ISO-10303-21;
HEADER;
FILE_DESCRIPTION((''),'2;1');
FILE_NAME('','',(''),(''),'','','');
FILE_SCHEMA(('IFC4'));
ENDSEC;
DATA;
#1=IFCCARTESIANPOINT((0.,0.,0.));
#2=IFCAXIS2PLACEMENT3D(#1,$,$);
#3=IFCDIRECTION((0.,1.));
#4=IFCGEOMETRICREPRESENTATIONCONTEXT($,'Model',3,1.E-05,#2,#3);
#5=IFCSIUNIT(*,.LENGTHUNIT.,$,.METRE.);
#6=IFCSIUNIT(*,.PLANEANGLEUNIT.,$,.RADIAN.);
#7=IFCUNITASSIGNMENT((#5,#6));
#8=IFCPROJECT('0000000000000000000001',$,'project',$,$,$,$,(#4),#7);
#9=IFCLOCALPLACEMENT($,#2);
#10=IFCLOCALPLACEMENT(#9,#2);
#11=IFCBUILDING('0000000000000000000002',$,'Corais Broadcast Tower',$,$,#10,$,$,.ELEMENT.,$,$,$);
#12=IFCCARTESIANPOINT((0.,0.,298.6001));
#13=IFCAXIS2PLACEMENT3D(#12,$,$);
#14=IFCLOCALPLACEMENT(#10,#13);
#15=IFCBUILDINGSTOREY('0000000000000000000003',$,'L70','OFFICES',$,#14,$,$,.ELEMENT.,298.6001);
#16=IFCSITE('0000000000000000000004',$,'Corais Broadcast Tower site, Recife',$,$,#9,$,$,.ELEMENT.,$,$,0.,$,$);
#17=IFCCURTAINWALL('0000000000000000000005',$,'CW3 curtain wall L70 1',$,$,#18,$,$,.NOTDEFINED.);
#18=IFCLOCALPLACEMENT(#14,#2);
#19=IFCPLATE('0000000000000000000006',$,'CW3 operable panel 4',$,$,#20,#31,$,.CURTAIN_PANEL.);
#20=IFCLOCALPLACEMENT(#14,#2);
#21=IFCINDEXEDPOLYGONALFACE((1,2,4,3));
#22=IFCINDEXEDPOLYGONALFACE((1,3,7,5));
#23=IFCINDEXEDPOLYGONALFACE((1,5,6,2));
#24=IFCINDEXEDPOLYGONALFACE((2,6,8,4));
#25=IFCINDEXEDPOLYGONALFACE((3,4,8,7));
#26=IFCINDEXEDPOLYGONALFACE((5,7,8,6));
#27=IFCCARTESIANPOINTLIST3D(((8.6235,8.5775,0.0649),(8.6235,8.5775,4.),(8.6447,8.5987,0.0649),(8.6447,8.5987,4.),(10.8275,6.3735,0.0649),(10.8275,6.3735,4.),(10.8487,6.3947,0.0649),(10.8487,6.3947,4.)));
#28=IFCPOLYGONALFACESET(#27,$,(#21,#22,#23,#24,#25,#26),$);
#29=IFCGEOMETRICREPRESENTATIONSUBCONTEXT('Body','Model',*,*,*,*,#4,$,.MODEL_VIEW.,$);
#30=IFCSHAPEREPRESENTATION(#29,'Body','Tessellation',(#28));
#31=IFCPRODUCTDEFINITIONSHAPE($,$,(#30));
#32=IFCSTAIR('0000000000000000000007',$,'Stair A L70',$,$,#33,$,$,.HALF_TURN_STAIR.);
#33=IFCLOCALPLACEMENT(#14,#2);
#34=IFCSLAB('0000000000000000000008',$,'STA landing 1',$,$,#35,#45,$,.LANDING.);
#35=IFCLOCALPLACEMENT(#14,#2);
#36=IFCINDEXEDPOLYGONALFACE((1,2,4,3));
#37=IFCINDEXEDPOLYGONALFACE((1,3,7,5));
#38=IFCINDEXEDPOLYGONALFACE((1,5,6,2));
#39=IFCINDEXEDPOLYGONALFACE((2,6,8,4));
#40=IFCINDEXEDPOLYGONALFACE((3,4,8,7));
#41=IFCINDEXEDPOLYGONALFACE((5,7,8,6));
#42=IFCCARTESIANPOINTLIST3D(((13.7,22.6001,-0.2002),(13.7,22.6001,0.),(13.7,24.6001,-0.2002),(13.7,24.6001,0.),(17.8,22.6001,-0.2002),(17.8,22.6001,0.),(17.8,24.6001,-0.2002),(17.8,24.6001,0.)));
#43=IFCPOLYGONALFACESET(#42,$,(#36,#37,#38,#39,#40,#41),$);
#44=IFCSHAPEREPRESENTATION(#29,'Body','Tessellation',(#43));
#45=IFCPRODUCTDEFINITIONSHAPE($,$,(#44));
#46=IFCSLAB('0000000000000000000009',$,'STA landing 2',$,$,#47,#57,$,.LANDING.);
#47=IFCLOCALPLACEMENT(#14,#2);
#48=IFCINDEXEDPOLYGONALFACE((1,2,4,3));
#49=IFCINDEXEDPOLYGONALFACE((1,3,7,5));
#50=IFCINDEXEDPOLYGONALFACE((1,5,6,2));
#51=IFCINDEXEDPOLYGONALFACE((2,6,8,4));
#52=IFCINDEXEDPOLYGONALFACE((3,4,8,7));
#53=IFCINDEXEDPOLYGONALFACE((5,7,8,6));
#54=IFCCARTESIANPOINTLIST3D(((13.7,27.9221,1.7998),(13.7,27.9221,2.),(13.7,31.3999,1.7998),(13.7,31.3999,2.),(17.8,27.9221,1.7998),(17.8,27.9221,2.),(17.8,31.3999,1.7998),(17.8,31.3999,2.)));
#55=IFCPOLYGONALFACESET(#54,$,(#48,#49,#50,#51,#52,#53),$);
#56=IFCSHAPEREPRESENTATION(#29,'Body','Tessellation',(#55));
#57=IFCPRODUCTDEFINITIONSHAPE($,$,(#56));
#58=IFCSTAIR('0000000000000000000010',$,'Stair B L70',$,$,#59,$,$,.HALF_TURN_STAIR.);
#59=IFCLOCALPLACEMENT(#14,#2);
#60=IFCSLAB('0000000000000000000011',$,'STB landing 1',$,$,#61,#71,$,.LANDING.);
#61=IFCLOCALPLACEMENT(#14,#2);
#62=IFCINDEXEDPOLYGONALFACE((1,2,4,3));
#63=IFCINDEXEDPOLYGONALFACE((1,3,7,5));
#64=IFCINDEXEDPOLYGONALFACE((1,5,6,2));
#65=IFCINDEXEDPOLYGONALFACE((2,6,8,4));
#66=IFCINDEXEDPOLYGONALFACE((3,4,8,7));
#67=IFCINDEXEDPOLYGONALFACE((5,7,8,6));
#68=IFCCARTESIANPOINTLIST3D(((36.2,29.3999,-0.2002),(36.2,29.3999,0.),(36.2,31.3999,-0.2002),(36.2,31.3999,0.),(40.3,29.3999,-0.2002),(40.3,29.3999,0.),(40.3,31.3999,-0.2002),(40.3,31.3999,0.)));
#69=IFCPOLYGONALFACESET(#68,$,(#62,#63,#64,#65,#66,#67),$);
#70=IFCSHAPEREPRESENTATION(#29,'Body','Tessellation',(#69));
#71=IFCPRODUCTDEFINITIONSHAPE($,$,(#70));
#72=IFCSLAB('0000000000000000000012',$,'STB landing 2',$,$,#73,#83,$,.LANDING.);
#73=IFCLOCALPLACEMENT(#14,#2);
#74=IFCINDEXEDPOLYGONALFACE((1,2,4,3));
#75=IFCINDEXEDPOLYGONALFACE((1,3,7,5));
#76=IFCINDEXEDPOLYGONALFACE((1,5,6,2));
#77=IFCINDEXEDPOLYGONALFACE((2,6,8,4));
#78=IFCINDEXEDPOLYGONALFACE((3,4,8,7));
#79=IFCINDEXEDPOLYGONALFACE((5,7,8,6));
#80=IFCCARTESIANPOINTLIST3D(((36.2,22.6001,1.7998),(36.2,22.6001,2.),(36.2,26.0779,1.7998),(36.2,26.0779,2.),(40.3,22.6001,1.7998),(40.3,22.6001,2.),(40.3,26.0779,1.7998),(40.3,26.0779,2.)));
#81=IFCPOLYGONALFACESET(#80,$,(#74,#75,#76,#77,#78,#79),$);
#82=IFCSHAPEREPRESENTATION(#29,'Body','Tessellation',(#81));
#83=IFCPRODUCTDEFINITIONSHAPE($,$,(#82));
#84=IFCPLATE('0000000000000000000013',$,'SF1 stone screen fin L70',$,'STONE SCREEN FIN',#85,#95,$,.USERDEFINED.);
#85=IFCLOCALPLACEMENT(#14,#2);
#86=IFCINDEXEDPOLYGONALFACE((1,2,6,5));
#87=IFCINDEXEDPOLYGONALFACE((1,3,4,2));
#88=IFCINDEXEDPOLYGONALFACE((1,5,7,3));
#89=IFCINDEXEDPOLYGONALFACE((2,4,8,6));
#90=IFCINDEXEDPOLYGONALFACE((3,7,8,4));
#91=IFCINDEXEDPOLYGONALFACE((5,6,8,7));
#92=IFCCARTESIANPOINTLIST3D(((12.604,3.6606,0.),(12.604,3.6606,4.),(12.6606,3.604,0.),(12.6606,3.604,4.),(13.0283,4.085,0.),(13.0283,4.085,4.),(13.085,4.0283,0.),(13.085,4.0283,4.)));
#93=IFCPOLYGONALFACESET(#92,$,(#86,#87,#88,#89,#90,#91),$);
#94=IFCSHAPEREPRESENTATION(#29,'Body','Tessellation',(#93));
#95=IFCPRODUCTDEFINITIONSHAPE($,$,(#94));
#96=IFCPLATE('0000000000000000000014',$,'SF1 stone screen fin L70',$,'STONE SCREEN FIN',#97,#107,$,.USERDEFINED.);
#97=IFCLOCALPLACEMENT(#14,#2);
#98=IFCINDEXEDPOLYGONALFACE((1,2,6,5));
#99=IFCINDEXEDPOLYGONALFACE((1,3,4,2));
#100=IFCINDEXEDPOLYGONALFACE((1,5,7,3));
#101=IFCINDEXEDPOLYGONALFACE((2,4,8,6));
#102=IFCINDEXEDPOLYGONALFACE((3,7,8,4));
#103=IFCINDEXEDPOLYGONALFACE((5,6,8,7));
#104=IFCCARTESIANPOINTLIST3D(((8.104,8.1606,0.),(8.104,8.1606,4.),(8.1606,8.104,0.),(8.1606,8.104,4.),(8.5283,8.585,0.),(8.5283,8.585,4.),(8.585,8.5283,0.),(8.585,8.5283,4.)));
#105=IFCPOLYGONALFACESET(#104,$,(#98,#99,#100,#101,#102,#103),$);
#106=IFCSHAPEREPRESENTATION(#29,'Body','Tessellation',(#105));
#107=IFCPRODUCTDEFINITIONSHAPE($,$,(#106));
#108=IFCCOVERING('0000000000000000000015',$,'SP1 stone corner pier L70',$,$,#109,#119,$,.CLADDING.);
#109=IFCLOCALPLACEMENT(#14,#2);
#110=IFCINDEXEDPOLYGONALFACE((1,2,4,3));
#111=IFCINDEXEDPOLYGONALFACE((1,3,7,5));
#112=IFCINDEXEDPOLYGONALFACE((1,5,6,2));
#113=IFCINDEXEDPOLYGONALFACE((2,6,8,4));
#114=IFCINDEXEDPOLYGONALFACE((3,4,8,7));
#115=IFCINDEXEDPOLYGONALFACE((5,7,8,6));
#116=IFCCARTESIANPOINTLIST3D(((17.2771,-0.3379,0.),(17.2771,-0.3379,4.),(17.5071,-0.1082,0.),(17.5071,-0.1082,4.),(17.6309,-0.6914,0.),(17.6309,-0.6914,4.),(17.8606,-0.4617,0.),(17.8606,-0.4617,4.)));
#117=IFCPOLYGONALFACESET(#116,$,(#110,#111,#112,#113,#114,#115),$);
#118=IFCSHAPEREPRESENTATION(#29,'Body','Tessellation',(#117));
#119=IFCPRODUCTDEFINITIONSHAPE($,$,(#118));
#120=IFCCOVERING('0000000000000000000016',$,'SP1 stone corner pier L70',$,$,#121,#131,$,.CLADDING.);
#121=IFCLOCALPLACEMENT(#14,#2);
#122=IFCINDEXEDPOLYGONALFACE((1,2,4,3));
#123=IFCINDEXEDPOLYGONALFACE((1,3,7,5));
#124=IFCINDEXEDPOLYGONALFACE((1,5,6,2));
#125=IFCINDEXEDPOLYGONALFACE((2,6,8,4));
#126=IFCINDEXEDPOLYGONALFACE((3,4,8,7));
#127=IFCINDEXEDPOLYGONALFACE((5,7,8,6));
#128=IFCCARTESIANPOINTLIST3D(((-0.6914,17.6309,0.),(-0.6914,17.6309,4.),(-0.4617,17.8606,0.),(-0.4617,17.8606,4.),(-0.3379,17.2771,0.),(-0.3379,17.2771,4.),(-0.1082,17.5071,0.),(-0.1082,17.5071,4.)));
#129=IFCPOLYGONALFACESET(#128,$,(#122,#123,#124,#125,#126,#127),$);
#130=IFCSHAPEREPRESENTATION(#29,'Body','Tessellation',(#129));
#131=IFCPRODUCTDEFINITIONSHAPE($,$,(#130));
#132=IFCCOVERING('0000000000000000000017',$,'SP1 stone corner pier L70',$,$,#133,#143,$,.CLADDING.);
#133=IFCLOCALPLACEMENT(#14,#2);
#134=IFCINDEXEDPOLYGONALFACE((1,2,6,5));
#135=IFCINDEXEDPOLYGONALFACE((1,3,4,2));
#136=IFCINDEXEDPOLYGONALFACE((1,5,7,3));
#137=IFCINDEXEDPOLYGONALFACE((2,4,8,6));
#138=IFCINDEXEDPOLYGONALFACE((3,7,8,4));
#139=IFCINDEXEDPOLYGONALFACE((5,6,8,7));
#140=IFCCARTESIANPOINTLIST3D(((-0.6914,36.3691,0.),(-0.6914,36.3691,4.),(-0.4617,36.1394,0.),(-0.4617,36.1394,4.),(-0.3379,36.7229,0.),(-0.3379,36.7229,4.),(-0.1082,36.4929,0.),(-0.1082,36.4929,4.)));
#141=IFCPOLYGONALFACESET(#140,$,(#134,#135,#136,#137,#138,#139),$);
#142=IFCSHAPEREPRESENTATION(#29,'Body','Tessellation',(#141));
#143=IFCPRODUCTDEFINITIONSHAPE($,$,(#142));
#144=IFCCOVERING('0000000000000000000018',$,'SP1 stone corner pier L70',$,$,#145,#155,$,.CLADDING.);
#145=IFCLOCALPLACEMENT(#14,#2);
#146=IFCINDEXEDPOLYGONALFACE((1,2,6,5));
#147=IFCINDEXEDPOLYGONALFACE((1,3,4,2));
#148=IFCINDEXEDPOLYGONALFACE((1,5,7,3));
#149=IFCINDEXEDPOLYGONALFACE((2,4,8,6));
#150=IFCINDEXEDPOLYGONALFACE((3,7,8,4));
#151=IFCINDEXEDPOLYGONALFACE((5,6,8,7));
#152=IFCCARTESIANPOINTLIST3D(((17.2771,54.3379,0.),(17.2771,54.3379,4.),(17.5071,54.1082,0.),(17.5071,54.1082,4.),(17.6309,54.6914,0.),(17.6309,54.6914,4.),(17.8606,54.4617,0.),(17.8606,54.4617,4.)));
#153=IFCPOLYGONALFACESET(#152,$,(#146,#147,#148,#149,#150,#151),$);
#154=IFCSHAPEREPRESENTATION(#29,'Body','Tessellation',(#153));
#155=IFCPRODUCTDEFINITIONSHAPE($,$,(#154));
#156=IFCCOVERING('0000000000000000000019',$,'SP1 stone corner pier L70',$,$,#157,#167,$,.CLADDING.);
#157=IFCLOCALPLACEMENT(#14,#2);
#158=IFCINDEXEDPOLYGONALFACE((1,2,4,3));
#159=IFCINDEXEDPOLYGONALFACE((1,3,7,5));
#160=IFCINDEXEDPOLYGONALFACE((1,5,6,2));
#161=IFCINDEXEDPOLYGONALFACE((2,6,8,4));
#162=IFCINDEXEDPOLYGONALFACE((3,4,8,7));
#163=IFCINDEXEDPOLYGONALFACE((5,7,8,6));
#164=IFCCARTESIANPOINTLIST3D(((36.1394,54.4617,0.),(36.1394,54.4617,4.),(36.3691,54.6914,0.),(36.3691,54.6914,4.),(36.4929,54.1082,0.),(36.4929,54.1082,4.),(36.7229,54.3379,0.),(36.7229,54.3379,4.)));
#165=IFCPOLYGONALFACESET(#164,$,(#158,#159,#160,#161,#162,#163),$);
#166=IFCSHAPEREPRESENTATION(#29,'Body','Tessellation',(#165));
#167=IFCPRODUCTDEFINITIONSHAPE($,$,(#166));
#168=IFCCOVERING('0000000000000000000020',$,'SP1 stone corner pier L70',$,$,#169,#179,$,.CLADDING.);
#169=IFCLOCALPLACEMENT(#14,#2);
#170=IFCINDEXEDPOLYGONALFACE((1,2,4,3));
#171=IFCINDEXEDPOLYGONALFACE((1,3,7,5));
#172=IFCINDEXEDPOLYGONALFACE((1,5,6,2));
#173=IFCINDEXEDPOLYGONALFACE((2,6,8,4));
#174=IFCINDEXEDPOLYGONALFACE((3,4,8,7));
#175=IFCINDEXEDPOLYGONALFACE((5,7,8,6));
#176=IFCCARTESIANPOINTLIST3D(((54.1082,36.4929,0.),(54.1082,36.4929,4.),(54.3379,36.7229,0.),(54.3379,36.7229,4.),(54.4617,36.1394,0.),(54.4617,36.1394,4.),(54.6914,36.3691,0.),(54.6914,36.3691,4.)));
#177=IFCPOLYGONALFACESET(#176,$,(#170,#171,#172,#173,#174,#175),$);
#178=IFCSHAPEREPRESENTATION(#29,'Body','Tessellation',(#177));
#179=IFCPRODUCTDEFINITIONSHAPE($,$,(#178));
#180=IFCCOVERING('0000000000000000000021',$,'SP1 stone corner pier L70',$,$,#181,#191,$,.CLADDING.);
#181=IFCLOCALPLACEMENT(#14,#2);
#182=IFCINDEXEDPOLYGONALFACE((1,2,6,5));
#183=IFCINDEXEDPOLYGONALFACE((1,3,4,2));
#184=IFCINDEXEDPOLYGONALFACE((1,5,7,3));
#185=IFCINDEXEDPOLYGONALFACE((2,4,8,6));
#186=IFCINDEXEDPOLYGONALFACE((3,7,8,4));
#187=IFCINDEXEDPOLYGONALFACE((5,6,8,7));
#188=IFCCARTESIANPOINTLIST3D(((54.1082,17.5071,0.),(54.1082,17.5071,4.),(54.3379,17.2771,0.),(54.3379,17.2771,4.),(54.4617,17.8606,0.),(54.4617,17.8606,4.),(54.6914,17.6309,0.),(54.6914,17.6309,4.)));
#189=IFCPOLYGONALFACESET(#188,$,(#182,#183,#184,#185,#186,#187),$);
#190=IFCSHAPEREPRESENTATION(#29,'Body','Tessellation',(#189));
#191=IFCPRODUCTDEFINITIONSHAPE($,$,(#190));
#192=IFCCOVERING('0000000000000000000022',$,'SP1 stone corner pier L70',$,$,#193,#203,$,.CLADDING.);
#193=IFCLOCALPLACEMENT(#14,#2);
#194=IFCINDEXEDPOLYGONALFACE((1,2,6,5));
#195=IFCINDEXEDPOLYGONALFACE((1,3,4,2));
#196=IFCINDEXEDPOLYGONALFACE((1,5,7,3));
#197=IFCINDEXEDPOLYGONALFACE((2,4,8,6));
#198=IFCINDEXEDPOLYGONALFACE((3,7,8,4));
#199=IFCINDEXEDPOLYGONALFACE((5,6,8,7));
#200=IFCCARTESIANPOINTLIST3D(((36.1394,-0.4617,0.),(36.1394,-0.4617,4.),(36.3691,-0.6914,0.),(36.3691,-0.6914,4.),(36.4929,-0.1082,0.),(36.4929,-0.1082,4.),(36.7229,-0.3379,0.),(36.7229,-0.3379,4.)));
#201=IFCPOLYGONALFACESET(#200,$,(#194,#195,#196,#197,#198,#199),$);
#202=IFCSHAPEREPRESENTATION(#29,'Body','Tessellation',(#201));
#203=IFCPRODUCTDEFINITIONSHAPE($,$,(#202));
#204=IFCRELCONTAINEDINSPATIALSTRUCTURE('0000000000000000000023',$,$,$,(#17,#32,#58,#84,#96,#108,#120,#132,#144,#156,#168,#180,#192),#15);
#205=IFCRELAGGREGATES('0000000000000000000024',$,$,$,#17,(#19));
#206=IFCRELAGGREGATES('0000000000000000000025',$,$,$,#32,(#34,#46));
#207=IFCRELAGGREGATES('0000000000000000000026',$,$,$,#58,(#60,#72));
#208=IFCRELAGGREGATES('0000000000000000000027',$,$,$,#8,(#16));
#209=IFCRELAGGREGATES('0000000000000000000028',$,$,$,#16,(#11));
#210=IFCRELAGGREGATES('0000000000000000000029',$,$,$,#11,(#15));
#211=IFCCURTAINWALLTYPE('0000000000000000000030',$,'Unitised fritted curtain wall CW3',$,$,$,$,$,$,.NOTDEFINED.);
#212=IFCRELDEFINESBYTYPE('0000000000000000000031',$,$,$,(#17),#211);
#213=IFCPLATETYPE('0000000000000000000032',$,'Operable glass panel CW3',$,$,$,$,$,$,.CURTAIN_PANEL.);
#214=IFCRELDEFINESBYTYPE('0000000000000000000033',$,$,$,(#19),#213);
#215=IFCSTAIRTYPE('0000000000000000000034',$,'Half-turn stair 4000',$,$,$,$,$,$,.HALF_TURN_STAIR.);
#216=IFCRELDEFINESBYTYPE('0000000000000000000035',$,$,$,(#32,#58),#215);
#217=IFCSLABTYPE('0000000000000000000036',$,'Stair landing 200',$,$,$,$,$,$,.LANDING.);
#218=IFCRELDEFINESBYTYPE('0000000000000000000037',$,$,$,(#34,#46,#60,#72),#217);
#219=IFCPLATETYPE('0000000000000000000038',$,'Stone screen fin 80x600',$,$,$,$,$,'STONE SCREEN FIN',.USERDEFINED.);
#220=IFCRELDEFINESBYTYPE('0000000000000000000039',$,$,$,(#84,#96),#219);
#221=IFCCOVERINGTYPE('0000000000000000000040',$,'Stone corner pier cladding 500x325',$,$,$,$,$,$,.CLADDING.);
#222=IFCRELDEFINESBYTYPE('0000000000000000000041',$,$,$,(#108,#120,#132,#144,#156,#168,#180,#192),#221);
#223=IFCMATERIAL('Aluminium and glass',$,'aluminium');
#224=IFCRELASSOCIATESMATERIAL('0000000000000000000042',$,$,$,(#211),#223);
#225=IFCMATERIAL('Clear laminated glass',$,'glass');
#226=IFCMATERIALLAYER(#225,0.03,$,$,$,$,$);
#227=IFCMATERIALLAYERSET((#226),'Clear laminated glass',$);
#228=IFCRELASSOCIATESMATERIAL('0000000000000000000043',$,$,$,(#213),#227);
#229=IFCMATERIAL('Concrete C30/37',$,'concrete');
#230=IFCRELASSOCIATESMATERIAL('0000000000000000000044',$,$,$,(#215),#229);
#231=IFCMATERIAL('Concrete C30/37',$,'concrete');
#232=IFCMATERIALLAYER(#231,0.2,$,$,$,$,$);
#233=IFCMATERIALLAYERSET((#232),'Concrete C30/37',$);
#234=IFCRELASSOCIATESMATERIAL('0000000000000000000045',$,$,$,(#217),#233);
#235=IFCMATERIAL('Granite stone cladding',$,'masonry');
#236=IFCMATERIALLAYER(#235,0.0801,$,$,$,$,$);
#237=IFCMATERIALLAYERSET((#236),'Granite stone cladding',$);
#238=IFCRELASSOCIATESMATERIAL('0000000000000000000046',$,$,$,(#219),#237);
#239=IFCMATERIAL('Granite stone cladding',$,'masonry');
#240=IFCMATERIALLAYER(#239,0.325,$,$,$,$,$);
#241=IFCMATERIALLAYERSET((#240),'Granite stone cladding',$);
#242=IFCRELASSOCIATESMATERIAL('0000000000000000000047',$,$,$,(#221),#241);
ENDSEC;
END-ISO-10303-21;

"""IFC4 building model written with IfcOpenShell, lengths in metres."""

from ifc_helpers import new_model, si_unit, direction, frame, origin, origin_2d, place, context, subcontext, project, spatial, polyline, rectangle, outline, extrude, material, layer, layer_set, type_object, element, aggregate, save


model = new_model("IFC4")

# Units and contexts
model_context = context("Model", 3, precision=1e-05, world=origin(), true_north=direction((0.0, 1.0)))
body_context = subcontext(model_context, "Body", "Model", "MODEL_VIEW")
ifc_project = project(units=[si_unit("LENGTHUNIT", "METRE"), si_unit("PLANEANGLEUNIT", "RADIAN")], contexts=[model_context])

# Site, building, storey
site_placement = place(None, origin())
site = spatial("IfcSite", under=ifc_project, at=site_placement, Name="Corais Broadcast Tower site, Recife", CompositionType="ELEMENT", RefElevation=0.0)
building_placement = place(site_placement, origin())
building = spatial("IfcBuilding", under=site, at=building_placement, Name="Corais Broadcast Tower", CompositionType="ELEMENT")
storey_placement = place(building_placement, frame((0.0, 0.0, 298.6001)))
storey = spatial("IfcBuildingStorey", under=building, at=storey_placement, Name="L70", Description="OFFICES", CompositionType="ELEMENT", Elevation=298.6001)

# Curtain wall
ifc_material_1 = material(Name="Aluminium and glass", Category="aluminium")
curtain_wall_type = type_object("IfcCurtainWallType", Name="Unitised fritted curtain wall CW3", PredefinedType="NOTDEFINED", material=ifc_material_1)
curtain_wall_placement = place(storey_placement, origin())
curtain_wall = element("IfcCurtainWall", 1, at=curtain_wall_placement, inside=storey, type_object=curtain_wall_type, Name="CW3 curtain wall L70 1", PredefinedType="NOTDEFINED")

# Plate
ifc_material_2 = material(Name="Clear laminated glass", Category="glass")
ifc_layer_1 = layer(ifc_material_2, 0.03)
ifc_layer_set_1 = layer_set([ifc_layer_1], Name="Clear laminated glass")
plate_type_1 = type_object("IfcPlateType", Name="Operable glass panel CW3", PredefinedType="CURTAIN_PANEL", material=ifc_layer_set_1)
plate_1_placement = place(storey_placement, frame((9.7361, 7.4861, 0.0649), z_axis=(0.0, 0.0, 1.0), x_axis=(-0.707107, 0.707107, 0.0)))
plate_1 = element("IfcPlate", 2, at=plate_1_placement, type_object=plate_type_1, Name="CW3 operable panel 4", PredefinedType="CURTAIN_PANEL", context=body_context, shape_type="SweptSolid", body=[
    extrude(rectangle(XDim=3.1169, YDim=0.03, at=origin_2d()), origin(), (0.0, 0.0, 1.0), 3.9351),
])
aggregate(curtain_wall, [plate_1])

# Stairs, slabs
ifc_material_3 = material(Name="Concrete C30/37", Category="concrete")
stair_type = type_object("IfcStairType", Name="Half-turn stair 4000", PredefinedType="HALF_TURN_STAIR", material=ifc_material_3)
stair_1_placement = place(storey_placement, origin())
stair_1 = element("IfcStair", 3, at=stair_1_placement, inside=storey, type_object=stair_type, Name="Stair A L70", PredefinedType="HALF_TURN_STAIR")
ifc_material_4 = material(Name="Concrete C30/37", Category="concrete")
ifc_layer_2 = layer(ifc_material_4, 0.2)
ifc_layer_set_2 = layer_set([ifc_layer_2], Name="Concrete C30/37")
slab_type_1 = type_object("IfcSlabType", Name="Stair landing 200", PredefinedType="LANDING", material=ifc_layer_set_2)
slab_1_placement = place(storey_placement, frame((0.0, 0.0, -0.2002)))
slab_1 = element("IfcSlab", 4, at=slab_1_placement, type_object=slab_type_1, Name="STA landing 1", PredefinedType="LANDING", context=body_context, shape_type="SweptSolid", body=[
    extrude(outline(polyline([(13.7, 22.6001), (17.8, 22.6001), (17.8, 24.6001), (13.7, 24.6001), (13.7, 22.6001)])), origin(), (0.0, 0.0, 1.0), 0.2002),
])
slab_2_placement = place(storey_placement, frame((0.0, 0.0, 1.7998)))
slab_2 = element("IfcSlab", 5, at=slab_2_placement, type_object=slab_type_1, Name="STA landing 2", PredefinedType="LANDING", context=body_context, shape_type="SweptSolid", body=[
    extrude(outline(polyline([(13.7, 27.9221), (17.8, 27.9221), (17.8, 31.3999), (13.7, 31.3999), (13.7, 27.9221)])), origin(), (0.0, 0.0, 1.0), 0.2002),
])
aggregate(stair_1, [slab_1, slab_2])
stair_2_placement = place(storey_placement, origin())
stair_2 = element("IfcStair", 6, at=stair_2_placement, inside=storey, type_object=stair_type, Name="Stair B L70", PredefinedType="HALF_TURN_STAIR")
slab_3_placement = place(storey_placement, frame((0.0, 0.0, -0.2002)))
slab_3 = element("IfcSlab", 7, at=slab_3_placement, type_object=slab_type_1, Name="STB landing 1", PredefinedType="LANDING", context=body_context, shape_type="SweptSolid", body=[
    extrude(outline(polyline([(36.2, 29.3999), (40.3, 29.3999), (40.3, 31.3999), (36.2, 31.3999), (36.2, 29.3999)])), origin(), (0.0, 0.0, 1.0), 0.2002),
])
slab_4_placement = place(storey_placement, frame((0.0, 0.0, 1.7998)))
slab_4 = element("IfcSlab", 8, at=slab_4_placement, type_object=slab_type_1, Name="STB landing 2", PredefinedType="LANDING", context=body_context, shape_type="SweptSolid", body=[
    extrude(outline(polyline([(36.2, 22.6001), (40.3, 22.6001), (40.3, 26.0779), (36.2, 26.0779), (36.2, 22.6001)])), origin(), (0.0, 0.0, 1.0), 0.2002),
])
aggregate(stair_2, [slab_3, slab_4])

# Plates
ifc_material_5 = material(Name="Granite stone cladding", Category="masonry")
ifc_layer_3 = layer(ifc_material_5, 0.0801)
ifc_layer_set_3 = layer_set([ifc_layer_3], Name="Granite stone cladding")
plate_type_2 = type_object("IfcPlateType", Name="Stone screen fin 80x600", ElementType="STONE SCREEN FIN", PredefinedType="USERDEFINED", material=ifc_layer_set_3)
for number, where, z_axis, x_axis, name in (
    (9, (12.8445, 3.8445, 0.0), (0.0, 0.0, 1.0), (-0.707107, 0.707107, 0.0), "SF1 stone screen fin L70"),
    (10, (8.3445, 8.3445, 0.0), (0.0, 0.0, 1.0), (-0.707107, 0.707107, 0.0), "SF1 stone screen fin L70"),
):
    element("IfcPlate", number, at=place(storey_placement, frame(where, z_axis=z_axis, x_axis=x_axis)), inside=storey, type_object=plate_type_2, Name=name, ObjectType="STONE SCREEN FIN", PredefinedType="USERDEFINED", context=body_context, shape_type="SweptSolid", body=[
        extrude(rectangle(XDim=0.0801, YDim=0.6001, at=origin_2d()), origin(), (0.0, 0.0, 1.0), 4.0),
    ])

# Coverings
ifc_material_6 = material(Name="Granite stone cladding", Category="masonry")
ifc_layer_4 = layer(ifc_material_6, 0.325)
ifc_layer_set_4 = layer_set([ifc_layer_4], Name="Granite stone cladding")
covering_type_1 = type_object("IfcCoveringType", Name="Stone corner pier cladding 500x325", PredefinedType="CLADDING", material=ifc_layer_set_4)
covering_1_placement = place(storey_placement, origin())
element("IfcCovering", 11, at=covering_1_placement, inside=storey, type_object=covering_type_1, Name="SP1 stone corner pier L70", PredefinedType="CLADDING", context=body_context, shape_type="SweptSolid", body=[
    extrude(outline(polyline([(17.8606, -0.4617), (17.5071, -0.1082), (17.2771, -0.3379), (17.6309, -0.6914), (17.8606, -0.4617)])), origin(), (0.0, 0.0, 1.0), 4.0),
])
covering_2_placement = place(storey_placement, origin())
element("IfcCovering", 12, at=covering_2_placement, inside=storey, type_object=covering_type_1, Name="SP1 stone corner pier L70", PredefinedType="CLADDING", context=body_context, shape_type="SweptSolid", body=[
    extrude(outline(polyline([(-0.4617, 17.8606), (-0.6914, 17.6309), (-0.3379, 17.2771), (-0.1082, 17.5071), (-0.4617, 17.8606)])), origin(), (0.0, 0.0, 1.0), 4.0),
])
covering_3_placement = place(storey_placement, origin())
element("IfcCovering", 13, at=covering_3_placement, inside=storey, type_object=covering_type_1, Name="SP1 stone corner pier L70", PredefinedType="CLADDING", context=body_context, shape_type="SweptSolid", body=[
    extrude(outline(polyline([(-0.4617, 36.1394), (-0.1082, 36.4929), (-0.3379, 36.7229), (-0.6914, 36.3691), (-0.4617, 36.1394)])), origin(), (0.0, 0.0, 1.0), 4.0),
])
covering_4_placement = place(storey_placement, origin())
element("IfcCovering", 14, at=covering_4_placement, inside=storey, type_object=covering_type_1, Name="SP1 stone corner pier L70", PredefinedType="CLADDING", context=body_context, shape_type="SweptSolid", body=[
    extrude(outline(polyline([(17.8606, 54.4617), (17.6309, 54.6914), (17.2771, 54.3379), (17.5071, 54.1082), (17.8606, 54.4617)])), origin(), (0.0, 0.0, 1.0), 4.0),
])
covering_5_placement = place(storey_placement, origin())
element("IfcCovering", 15, at=covering_5_placement, inside=storey, type_object=covering_type_1, Name="SP1 stone corner pier L70", PredefinedType="CLADDING", context=body_context, shape_type="SweptSolid", body=[
    extrude(outline(polyline([(36.1394, 54.4617), (36.4929, 54.1082), (36.7229, 54.3379), (36.3691, 54.6914), (36.1394, 54.4617)])), origin(), (0.0, 0.0, 1.0), 4.0),
])
covering_6_placement = place(storey_placement, origin())
element("IfcCovering", 16, at=covering_6_placement, inside=storey, type_object=covering_type_1, Name="SP1 stone corner pier L70", PredefinedType="CLADDING", context=body_context, shape_type="SweptSolid", body=[
    extrude(outline(polyline([(54.4617, 36.1394), (54.6914, 36.3691), (54.3379, 36.7229), (54.1082, 36.4929), (54.4617, 36.1394)])), origin(), (0.0, 0.0, 1.0), 4.0),
])
covering_7_placement = place(storey_placement, origin())
element("IfcCovering", 17, at=covering_7_placement, inside=storey, type_object=covering_type_1, Name="SP1 stone corner pier L70", PredefinedType="CLADDING", context=body_context, shape_type="SweptSolid", body=[
    extrude(outline(polyline([(54.4617, 17.8606), (54.1082, 17.5071), (54.3379, 17.2771), (54.6914, 17.6309), (54.4617, 17.8606)])), origin(), (0.0, 0.0, 1.0), 4.0),
])
covering_8_placement = place(storey_placement, origin())
element("IfcCovering", 18, at=covering_8_placement, inside=storey, type_object=covering_type_1, Name="SP1 stone corner pier L70", PredefinedType="CLADDING", context=body_context, shape_type="SweptSolid", body=[
    extrude(outline(polyline([(36.1394, -0.4617), (36.3691, -0.6914), (36.7229, -0.3379), (36.4929, -0.1082), (36.1394, -0.4617)])), origin(), (0.0, 0.0, 1.0), 4.0),
])

save(model, "model.ifc")
